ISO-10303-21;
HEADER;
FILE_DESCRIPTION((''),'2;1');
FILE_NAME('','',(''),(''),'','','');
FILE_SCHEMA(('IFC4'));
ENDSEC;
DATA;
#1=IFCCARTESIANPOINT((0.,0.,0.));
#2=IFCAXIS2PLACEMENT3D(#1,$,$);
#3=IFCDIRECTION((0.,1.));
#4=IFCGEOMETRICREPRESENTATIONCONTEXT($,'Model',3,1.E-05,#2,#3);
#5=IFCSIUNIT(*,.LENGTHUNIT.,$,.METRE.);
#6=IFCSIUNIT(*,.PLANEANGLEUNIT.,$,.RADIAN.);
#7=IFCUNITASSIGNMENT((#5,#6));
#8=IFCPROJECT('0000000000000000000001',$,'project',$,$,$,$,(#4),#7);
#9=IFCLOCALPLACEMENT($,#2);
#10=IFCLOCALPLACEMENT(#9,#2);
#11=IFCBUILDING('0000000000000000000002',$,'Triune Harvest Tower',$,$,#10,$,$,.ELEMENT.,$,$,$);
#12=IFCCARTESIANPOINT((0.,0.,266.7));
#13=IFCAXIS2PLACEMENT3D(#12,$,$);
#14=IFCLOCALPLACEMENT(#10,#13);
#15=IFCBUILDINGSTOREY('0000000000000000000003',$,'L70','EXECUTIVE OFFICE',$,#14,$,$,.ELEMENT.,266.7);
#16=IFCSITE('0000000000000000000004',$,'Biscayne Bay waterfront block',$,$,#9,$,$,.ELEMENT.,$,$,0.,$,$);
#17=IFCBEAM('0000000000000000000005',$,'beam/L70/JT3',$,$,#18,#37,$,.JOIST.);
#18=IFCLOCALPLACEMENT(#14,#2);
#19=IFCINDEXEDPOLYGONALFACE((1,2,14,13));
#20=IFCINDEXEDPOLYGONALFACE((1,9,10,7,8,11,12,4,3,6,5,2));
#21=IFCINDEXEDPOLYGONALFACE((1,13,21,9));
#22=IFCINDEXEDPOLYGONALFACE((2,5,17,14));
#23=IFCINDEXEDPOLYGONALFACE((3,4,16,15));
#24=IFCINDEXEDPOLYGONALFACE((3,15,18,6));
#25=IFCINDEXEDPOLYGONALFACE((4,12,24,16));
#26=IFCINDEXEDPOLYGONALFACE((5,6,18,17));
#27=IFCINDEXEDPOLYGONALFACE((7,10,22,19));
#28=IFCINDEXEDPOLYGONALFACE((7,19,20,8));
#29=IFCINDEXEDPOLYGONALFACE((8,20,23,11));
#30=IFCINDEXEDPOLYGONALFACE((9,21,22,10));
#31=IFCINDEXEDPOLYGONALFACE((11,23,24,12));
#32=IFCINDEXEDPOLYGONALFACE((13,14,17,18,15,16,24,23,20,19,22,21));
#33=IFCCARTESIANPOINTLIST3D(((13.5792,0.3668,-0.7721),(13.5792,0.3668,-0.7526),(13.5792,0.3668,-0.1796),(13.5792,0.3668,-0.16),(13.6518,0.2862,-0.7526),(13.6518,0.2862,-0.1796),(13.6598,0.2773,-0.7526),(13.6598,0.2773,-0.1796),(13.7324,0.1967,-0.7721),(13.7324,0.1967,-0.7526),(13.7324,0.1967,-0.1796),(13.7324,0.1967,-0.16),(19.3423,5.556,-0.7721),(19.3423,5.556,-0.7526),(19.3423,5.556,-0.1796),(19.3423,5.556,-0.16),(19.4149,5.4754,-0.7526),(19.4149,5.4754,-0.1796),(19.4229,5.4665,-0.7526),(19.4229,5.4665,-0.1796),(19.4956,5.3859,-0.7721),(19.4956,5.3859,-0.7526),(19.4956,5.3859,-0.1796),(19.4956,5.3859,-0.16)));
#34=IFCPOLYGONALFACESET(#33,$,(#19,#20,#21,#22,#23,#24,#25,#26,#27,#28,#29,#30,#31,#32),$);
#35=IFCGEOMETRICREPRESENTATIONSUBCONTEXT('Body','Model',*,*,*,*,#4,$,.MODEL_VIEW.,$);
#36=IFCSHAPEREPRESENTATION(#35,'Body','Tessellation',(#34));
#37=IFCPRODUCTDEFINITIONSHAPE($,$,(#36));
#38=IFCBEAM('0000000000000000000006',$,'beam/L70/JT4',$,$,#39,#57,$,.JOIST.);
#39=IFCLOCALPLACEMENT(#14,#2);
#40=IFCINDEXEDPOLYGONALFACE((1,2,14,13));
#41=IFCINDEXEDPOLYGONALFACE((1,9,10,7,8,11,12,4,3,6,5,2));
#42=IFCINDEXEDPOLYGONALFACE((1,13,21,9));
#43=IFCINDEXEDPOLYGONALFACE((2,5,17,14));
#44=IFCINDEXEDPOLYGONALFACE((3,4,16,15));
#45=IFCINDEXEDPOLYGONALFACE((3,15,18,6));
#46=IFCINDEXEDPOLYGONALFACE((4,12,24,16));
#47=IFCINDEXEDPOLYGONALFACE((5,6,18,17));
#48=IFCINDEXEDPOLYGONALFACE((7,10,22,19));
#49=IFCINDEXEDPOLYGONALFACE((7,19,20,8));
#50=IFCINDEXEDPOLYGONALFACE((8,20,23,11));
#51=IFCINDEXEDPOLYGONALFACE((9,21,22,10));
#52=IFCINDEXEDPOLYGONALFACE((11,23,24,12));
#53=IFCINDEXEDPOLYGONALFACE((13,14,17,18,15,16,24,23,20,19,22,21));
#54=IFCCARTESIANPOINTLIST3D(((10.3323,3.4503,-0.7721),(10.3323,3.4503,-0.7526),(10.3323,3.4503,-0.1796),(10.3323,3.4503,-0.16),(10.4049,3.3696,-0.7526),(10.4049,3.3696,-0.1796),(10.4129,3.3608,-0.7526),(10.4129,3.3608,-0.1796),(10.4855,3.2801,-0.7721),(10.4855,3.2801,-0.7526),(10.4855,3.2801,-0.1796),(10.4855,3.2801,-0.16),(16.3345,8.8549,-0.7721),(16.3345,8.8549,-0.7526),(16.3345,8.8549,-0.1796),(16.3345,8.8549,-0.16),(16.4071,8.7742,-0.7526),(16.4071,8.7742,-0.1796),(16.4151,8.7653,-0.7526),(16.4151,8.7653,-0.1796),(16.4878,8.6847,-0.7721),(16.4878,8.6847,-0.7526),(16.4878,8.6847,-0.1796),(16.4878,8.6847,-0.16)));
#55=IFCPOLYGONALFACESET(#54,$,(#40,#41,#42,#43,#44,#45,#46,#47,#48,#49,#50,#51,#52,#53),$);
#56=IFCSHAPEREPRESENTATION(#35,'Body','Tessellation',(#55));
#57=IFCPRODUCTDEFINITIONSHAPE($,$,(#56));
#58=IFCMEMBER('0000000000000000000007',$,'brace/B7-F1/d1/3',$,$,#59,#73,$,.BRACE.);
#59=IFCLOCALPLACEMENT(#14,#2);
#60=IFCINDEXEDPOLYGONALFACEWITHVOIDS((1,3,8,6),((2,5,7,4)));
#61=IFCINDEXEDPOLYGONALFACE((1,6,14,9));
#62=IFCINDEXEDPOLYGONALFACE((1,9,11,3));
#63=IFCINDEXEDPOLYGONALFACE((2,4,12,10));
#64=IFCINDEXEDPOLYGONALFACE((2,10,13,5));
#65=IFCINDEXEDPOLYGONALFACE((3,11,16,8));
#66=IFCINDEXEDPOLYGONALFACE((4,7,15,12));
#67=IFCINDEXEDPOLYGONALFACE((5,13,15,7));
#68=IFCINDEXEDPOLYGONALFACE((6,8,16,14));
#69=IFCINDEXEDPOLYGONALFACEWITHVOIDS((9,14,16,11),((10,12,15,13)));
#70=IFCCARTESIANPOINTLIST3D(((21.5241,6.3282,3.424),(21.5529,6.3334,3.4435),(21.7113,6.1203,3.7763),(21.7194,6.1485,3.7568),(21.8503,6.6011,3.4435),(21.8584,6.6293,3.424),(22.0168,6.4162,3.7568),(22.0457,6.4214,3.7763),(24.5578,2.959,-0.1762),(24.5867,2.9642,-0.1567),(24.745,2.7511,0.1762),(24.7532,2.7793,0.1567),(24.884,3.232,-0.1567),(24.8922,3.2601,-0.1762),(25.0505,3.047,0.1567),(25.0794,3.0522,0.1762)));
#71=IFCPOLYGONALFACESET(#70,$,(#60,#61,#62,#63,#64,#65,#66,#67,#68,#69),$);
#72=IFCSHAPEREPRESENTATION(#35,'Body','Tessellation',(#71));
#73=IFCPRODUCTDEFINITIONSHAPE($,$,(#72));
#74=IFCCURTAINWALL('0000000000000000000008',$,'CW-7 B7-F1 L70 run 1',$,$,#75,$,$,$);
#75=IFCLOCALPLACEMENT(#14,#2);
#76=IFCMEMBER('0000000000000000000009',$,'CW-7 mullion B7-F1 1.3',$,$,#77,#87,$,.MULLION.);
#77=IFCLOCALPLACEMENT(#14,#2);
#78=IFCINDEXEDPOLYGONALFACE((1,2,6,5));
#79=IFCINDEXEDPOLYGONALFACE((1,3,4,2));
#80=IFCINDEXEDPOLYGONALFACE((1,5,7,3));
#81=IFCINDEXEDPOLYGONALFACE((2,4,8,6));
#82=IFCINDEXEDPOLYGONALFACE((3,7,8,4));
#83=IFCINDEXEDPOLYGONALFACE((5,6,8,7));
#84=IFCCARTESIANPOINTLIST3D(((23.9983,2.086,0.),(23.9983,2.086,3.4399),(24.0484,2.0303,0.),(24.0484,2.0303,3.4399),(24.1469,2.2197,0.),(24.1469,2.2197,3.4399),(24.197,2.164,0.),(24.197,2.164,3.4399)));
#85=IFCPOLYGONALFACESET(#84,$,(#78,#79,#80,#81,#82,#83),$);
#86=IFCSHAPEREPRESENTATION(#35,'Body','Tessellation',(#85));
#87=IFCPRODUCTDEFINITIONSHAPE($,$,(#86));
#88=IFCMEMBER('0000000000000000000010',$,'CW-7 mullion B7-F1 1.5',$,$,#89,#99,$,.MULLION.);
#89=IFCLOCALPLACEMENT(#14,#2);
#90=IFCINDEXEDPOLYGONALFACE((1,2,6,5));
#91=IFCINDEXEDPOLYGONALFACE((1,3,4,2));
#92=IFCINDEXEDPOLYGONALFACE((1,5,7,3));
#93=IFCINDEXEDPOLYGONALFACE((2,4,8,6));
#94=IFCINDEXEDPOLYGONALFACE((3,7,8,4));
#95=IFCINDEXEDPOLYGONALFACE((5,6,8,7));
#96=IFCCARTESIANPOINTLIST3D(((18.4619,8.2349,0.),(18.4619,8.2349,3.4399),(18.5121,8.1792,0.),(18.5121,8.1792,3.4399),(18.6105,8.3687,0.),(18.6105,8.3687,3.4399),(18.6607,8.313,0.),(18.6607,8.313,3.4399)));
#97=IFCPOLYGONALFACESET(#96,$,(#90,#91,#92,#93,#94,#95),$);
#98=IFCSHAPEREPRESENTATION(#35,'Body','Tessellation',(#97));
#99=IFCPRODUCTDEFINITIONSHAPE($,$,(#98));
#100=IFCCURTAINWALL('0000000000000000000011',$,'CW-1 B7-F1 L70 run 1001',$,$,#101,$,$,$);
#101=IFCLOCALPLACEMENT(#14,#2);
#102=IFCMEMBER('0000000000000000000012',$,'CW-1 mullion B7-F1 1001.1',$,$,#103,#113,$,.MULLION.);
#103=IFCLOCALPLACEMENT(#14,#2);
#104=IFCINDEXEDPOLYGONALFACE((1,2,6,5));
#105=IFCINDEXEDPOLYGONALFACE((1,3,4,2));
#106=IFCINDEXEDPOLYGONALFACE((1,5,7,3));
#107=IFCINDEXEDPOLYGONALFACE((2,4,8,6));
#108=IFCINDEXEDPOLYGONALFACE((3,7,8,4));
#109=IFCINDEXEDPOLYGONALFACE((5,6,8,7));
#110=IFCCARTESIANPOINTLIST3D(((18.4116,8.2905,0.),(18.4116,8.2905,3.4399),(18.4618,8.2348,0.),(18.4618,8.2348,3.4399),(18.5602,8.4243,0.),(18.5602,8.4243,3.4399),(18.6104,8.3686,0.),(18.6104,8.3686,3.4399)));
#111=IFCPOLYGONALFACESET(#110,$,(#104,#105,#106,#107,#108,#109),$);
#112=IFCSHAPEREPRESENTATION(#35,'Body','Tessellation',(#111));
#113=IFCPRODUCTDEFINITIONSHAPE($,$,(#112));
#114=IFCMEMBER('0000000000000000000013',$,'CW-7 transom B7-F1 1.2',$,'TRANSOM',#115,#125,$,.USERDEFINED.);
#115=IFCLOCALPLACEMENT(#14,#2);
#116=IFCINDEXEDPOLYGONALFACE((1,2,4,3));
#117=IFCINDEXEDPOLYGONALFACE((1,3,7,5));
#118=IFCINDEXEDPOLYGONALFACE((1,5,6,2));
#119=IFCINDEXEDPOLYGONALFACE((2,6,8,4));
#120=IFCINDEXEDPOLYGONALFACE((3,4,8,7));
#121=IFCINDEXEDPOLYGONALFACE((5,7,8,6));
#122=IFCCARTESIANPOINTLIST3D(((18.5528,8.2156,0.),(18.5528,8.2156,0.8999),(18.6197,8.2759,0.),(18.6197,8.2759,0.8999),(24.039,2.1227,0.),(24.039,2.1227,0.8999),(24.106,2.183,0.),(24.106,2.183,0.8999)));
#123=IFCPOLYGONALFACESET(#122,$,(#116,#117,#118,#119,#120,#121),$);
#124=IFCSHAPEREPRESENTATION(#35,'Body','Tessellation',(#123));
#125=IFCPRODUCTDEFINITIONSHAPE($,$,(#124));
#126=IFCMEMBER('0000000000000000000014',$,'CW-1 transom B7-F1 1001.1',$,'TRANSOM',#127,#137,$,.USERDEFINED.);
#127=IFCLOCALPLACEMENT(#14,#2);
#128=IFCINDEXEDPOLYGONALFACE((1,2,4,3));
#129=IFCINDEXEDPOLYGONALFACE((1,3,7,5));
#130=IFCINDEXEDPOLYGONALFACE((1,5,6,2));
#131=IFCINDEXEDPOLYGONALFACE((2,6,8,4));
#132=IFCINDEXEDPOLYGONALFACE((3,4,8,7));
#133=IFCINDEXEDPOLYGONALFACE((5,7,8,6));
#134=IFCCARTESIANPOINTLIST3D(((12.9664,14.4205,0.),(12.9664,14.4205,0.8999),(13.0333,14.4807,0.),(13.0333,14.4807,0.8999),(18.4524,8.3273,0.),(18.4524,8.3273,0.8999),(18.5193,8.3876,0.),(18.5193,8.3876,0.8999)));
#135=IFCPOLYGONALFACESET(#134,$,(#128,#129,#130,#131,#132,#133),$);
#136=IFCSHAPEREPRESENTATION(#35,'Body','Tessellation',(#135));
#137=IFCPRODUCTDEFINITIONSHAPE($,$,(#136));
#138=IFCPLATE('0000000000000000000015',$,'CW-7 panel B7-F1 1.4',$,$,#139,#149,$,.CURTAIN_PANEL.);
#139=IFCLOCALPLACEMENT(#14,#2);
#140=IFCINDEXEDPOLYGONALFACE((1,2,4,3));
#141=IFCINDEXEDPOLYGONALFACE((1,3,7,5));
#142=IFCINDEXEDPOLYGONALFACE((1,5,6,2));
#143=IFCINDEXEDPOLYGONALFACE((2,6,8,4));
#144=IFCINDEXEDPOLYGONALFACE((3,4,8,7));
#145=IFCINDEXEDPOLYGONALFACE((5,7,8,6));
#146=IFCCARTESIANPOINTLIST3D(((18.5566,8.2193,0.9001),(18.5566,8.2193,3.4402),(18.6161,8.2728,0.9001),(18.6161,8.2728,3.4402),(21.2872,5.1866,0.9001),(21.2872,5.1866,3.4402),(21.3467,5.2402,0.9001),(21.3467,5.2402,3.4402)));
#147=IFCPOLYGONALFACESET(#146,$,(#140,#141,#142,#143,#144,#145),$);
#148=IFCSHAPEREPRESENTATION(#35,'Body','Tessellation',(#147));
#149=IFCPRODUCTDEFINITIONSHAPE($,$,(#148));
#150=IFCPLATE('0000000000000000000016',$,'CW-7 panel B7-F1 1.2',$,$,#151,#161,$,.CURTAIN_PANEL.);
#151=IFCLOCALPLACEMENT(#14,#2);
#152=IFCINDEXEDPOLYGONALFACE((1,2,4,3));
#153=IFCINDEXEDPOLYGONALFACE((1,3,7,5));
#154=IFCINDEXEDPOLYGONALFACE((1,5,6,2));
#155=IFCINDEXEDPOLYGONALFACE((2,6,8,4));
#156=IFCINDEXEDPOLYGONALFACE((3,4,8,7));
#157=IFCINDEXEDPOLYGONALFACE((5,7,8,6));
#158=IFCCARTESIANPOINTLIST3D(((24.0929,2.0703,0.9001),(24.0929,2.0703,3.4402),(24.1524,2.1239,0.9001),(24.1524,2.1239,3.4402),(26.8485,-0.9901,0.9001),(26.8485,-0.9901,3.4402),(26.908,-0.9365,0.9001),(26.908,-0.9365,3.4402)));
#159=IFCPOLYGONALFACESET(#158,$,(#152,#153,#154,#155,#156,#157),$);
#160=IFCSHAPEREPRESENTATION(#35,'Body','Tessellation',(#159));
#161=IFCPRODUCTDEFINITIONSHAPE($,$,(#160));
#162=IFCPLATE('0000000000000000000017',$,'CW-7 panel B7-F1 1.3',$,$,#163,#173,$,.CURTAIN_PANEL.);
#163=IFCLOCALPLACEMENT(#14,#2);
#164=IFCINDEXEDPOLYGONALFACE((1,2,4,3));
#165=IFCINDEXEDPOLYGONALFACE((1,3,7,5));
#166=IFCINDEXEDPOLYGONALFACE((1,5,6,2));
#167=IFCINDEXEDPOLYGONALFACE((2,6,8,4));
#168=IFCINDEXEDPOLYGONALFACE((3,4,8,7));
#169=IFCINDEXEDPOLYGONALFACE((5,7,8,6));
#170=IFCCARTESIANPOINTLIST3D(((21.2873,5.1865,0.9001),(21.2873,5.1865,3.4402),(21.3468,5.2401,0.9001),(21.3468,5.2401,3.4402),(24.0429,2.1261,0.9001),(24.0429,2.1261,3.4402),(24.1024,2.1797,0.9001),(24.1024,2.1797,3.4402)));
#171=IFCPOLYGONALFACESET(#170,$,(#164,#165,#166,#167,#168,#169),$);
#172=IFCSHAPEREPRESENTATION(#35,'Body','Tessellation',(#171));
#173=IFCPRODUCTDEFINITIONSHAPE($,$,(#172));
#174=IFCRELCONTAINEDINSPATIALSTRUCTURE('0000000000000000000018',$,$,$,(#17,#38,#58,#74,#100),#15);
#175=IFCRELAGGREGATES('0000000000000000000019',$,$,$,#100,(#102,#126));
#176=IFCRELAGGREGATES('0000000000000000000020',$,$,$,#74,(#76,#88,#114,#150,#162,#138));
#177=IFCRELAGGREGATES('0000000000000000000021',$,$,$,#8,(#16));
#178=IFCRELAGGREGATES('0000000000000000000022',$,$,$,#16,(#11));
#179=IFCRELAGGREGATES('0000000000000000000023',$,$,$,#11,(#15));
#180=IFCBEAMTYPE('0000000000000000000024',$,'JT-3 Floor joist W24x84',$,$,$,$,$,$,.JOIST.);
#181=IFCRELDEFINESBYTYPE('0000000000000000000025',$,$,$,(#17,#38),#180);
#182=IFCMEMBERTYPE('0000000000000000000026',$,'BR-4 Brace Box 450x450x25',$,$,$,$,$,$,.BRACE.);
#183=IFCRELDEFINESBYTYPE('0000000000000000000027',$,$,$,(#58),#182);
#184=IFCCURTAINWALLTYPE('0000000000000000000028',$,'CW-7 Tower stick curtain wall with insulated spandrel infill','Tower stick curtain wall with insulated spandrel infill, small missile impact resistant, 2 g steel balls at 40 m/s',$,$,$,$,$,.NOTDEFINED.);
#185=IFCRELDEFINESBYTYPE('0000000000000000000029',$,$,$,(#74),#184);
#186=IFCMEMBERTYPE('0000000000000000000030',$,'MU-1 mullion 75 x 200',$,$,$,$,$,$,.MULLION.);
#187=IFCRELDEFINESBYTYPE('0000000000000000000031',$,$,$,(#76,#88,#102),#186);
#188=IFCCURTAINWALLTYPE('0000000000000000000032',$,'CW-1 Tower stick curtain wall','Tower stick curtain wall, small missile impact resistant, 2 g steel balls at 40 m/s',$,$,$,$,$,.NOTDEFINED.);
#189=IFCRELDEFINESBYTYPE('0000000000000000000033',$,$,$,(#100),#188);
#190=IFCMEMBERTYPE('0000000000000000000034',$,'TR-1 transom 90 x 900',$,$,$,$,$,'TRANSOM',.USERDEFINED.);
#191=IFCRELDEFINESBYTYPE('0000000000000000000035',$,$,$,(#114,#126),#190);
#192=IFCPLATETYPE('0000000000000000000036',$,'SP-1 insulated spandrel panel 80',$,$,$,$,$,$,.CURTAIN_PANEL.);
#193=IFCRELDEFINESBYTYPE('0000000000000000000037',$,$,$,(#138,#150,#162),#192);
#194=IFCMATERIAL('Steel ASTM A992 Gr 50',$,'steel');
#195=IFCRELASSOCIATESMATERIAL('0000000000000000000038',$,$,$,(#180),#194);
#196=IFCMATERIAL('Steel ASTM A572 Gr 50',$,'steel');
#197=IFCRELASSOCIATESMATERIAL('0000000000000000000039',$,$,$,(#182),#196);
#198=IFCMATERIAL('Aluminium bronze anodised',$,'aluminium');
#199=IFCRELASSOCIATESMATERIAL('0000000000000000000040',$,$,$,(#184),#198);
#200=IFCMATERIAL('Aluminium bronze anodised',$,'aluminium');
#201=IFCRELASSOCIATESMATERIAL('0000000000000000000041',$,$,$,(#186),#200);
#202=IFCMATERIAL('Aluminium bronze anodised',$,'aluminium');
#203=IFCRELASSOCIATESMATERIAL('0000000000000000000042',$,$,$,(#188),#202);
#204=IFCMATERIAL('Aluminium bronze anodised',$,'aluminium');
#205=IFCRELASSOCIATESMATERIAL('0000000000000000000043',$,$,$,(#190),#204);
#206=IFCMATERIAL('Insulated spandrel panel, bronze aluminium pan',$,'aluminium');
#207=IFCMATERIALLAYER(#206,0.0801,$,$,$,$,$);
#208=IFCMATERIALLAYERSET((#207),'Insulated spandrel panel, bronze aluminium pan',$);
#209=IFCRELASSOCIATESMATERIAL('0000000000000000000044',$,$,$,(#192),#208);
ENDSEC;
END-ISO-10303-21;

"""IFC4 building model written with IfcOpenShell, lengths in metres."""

from ifc_helpers import new_model, si_unit, direction, frame, origin, origin_2d, place, context, subcontext, project, spatial, rectangle, hollow_rectangle, i_section, extrude, source, transform, mapped, material, layer, layer_set, material_profile, profile_set, type_object, element, aggregate, save


model = new_model("IFC4")

# Units and contexts
model_context = context("Model", 3, precision=1e-05, world=origin(), true_north=direction((0.0, 1.0)))
body_context = subcontext(model_context, "Body", "Model", "MODEL_VIEW")
ifc_project = project(units=[si_unit("LENGTHUNIT", "METRE"), si_unit("PLANEANGLEUNIT", "RADIAN")], contexts=[model_context])

# Site, building, storey
site_placement = place(None, origin())
site = spatial("IfcSite", under=ifc_project, at=site_placement, Name="Biscayne Bay waterfront block", CompositionType="ELEMENT", RefElevation=0.0)
building_placement = place(site_placement, origin())
building = spatial("IfcBuilding", under=site, at=building_placement, Name="Triune Harvest Tower", CompositionType="ELEMENT")
storey_placement = place(building_placement, frame((0.0, 0.0, 266.7)))
storey = spatial("IfcBuildingStorey", under=building, at=storey_placement, Name="L70", Description="EXECUTIVE OFFICE", CompositionType="ELEMENT", Elevation=266.7)

# Beams
ifc_material_1 = material(Name="Steel ASTM A992 Gr 50", Category="steel")
ifc_material_profile_1 = material_profile(ifc_material_1, i_section(OverallWidth=0.229, OverallDepth=0.6121, WebThickness=0.012, FlangeThickness=0.0195, at=origin_2d()), Name="W24x84")
ifc_profile_set_1 = profile_set([ifc_material_profile_1], Name="Steel ASTM A992 Gr 50")
beam_type_1 = type_object("IfcBeamType", Name="JT-3 Floor joist W24x84", PredefinedType="JOIST", material=ifc_profile_set_1)
shared_shape_1 = source(origin(), body_context, "Body", "SweptSolid", [
    extrude(i_section(OverallWidth=0.229, OverallDepth=0.6121, WebThickness=0.012, FlangeThickness=0.0195, at=origin_2d()), origin(), (0.0, 0.0, 1.0), 7.7551),
])
beam_1_placement = place(storey_placement, frame((19.4189, 5.4709, -0.4661), z_axis=(-0.743144, -0.669132, 0.0), x_axis=(0.669132, -0.743144, 0.0)))
element("IfcBeam", 1, at=beam_1_placement, inside=storey, type_object=beam_type_1, Name="beam/L70/JT3", PredefinedType="JOIST", context=body_context, shape_type="MappedRepresentation", body=[
    mapped(shared_shape_1, transform((0.0, 0.0, 0.0), scale=1.0)),
])
shared_shape_2 = source(origin(), body_context, "Body", "SweptSolid", [
    extrude(i_section(OverallWidth=0.229, OverallDepth=0.6121, WebThickness=0.012, FlangeThickness=0.0195, at=origin_2d()), origin(), (0.0, 0.0, 1.0), 8.0769),
])
beam_2_placement = place(storey_placement, frame((16.4111, 8.7698, -0.4661), z_axis=(-0.743136, -0.66914, 0.0), x_axis=(0.66914, -0.743136, 0.0)))
element("IfcBeam", 2, at=beam_2_placement, inside=storey, type_object=beam_type_1, Name="beam/L70/JT4", PredefinedType="JOIST", context=body_context, shape_type="MappedRepresentation", body=[
    mapped(shared_shape_2, transform((0.0, 0.0, 0.0), scale=1.0)),
])

# Member
ifc_material_2 = material(Name="Steel ASTM A572 Gr 50", Category="steel")
ifc_material_profile_2 = material_profile(ifc_material_2, hollow_rectangle(XDim=0.45, YDim=0.45, WallThickness=0.0249, at=origin_2d()), Name="Box 450x450x25")
ifc_profile_set_2 = profile_set([ifc_material_profile_2], Name="Steel ASTM A572 Gr 50")
member_type_1 = type_object("IfcMemberType", Name="BR-4 Brace Box 450x450x25", PredefinedType="BRACE", material=ifc_profile_set_2)
shared_shape_3 = source(origin(), body_context, "Body", "SweptSolid", [
    extrude(hollow_rectangle(XDim=0.45, YDim=0.45, WallThickness=0.0249, at=origin_2d()), origin(), (0.0, 0.0, 1.0), 5.7893),
])
member_1_placement = place(storey_placement, frame((24.8186, 3.0056, 0.0), z_axis=(-0.524024, 0.581968, 0.621862), x_axis=(-0.743133, -0.669143, 0.0)))
element("IfcMember", 3, at=member_1_placement, inside=storey, type_object=member_type_1, Name="brace/B7-F1/d1/3", PredefinedType="BRACE", context=body_context, shape_type="MappedRepresentation", body=[
    mapped(shared_shape_3, transform((0.0, 0.0, 0.0), scale=1.0)),
])

# Curtain wall, members
ifc_material_3 = material(Name="Aluminium bronze anodised", Category="aluminium")
curtain_wall_type_1 = type_object("IfcCurtainWallType", Name="CW-7 Tower stick curtain wall with insulated spandrel infill", Description="Tower stick curtain wall with insulated spandrel infill, small missile impact resistant, 2 g steel balls at 40 m/s", PredefinedType="NOTDEFINED", material=ifc_material_3)
curtain_wall_1_placement = place(storey_placement, origin())
curtain_wall_1 = element("IfcCurtainWall", 4, at=curtain_wall_1_placement, inside=storey, type_object=curtain_wall_type_1, Name="CW-7 B7-F1 L70 run 1")
ifc_material_4 = material(Name="Aluminium bronze anodised", Category="aluminium")
ifc_material_profile_3 = material_profile(ifc_material_4, rectangle(XDim=0.2, YDim=0.075, at=origin_2d()), Name="MU-1 mullion 75 x 200")
ifc_profile_set_3 = profile_set([ifc_material_profile_3], Name="Aluminium bronze anodised")
member_type_2 = type_object("IfcMemberType", Name="MU-1 mullion 75 x 200", PredefinedType="MULLION", material=ifc_profile_set_3)
shared_shape_4 = source(origin(), body_context, "Body", "SweptSolid", [
    extrude(rectangle(XDim=0.2, YDim=0.075, at=origin_2d()), origin(), (0.0, 0.0, 1.0), 3.4399),
])
member_2_placement = place(storey_placement, frame((24.0977, 2.125, 0.0), z_axis=(0.0, 0.0, 1.0), x_axis=(-0.743142, -0.669134, 0.0)))
member_2 = element("IfcMember", 5, at=member_2_placement, type_object=member_type_2, Name="CW-7 mullion B7-F1 1.3", PredefinedType="MULLION", context=body_context, shape_type="MappedRepresentation", body=[
    mapped(shared_shape_4, transform((0.0, 0.0, 0.0), scale=1.0)),
])
member_3_placement = place(storey_placement, frame((18.5613, 8.2739, 0.0), z_axis=(0.0, 0.0, 1.0), x_axis=(-0.743142, -0.669134, 0.0)))
member_3 = element("IfcMember", 6, at=member_3_placement, type_object=member_type_2, Name="CW-7 mullion B7-F1 1.5", PredefinedType="MULLION", context=body_context, shape_type="MappedRepresentation", body=[
    mapped(shared_shape_4, transform((0.0, 0.0, 0.0), scale=1.0)),
])

# Curtain wall, member
ifc_material_5 = material(Name="Aluminium bronze anodised", Category="aluminium")
curtain_wall_type_2 = type_object("IfcCurtainWallType", Name="CW-1 Tower stick curtain wall", Description="Tower stick curtain wall, small missile impact resistant, 2 g steel balls at 40 m/s", PredefinedType="NOTDEFINED", material=ifc_material_5)
curtain_wall_2_placement = place(storey_placement, origin())
curtain_wall_2 = element("IfcCurtainWall", 7, at=curtain_wall_2_placement, inside=storey, type_object=curtain_wall_type_2, Name="CW-1 B7-F1 L70 run 1001")
member_4_placement = place(storey_placement, frame((18.511, 8.3296, 0.0), z_axis=(0.0, 0.0, 1.0), x_axis=(-0.74315, -0.669125, 0.0)))
member_4 = element("IfcMember", 8, at=member_4_placement, type_object=member_type_2, Name="CW-1 mullion B7-F1 1001.1", PredefinedType="MULLION", context=body_context, shape_type="MappedRepresentation", body=[
    mapped(shared_shape_4, transform((0.0, 0.0, 0.0), scale=1.0)),
])

# Members
ifc_material_6 = material(Name="Aluminium bronze anodised", Category="aluminium")
ifc_material_profile_4 = material_profile(ifc_material_6, rectangle(XDim=0.0901, YDim=0.8999, at=origin_2d()), Name="TR-1 transom 90 x 900")
ifc_profile_set_4 = profile_set([ifc_material_profile_4], Name="Aluminium bronze anodised")
member_type_3 = type_object("IfcMemberType", Name="TR-1 transom 90 x 900", ElementType="TRANSOM", PredefinedType="USERDEFINED", material=ifc_profile_set_4)
shared_shape_5 = source(origin(), body_context, "Body", "SweptSolid", [
    extrude(rectangle(XDim=0.0901, YDim=0.8999, at=origin_2d()), origin(), (0.0, 0.0, 1.0), 8.199),
])
member_5_placement = place(storey_placement, frame((24.0725, 2.1528, 0.45), z_axis=(-0.669141, 0.743136, 0.0), x_axis=(-0.743136, -0.669141, 0.0)))
member_5 = element("IfcMember", 9, at=member_5_placement, type_object=member_type_3, Name="CW-7 transom B7-F1 1.2", ObjectType="TRANSOM", PredefinedType="USERDEFINED", context=body_context, shape_type="MappedRepresentation", body=[
    mapped(shared_shape_5, transform((0.0, 0.0, 0.0), scale=1.0)),
])
member_6_placement = place(storey_placement, frame((18.4858, 8.3574, 0.45), z_axis=(-0.669109, 0.743164, 0.0), x_axis=(-0.743164, -0.669109, 0.0)))
member_6 = element("IfcMember", 10, at=member_6_placement, type_object=member_type_3, Name="CW-1 transom B7-F1 1001.1", ObjectType="TRANSOM", PredefinedType="USERDEFINED", context=body_context, shape_type="MappedRepresentation", body=[
    mapped(shared_shape_5, transform((0.0, 0.0, 0.0), scale=1.0)),
])
aggregate(curtain_wall_2, [member_4, member_6])

# Plates
ifc_material_7 = material(Name="Insulated spandrel panel, bronze aluminium pan", Category="aluminium")
ifc_layer_1 = layer(ifc_material_7, 0.0801)
ifc_layer_set_1 = layer_set([ifc_layer_1], Name="Insulated spandrel panel, bronze aluminium pan")
plate_type = type_object("IfcPlateType", Name="SP-1 insulated spandrel panel 80", PredefinedType="CURTAIN_PANEL", material=ifc_layer_set_1)
shared_shape_6 = source(origin(), body_context, "Body", "SweptSolid", [
    extrude(rectangle(XDim=4.0808, YDim=0.0801, at=origin_2d()), origin(), (0.0, 0.0, 1.0), 2.54),
])
plate_1_placement = place(storey_placement, frame((19.9517, 6.7297, 0.9001), z_axis=(0.0, 0.0, 1.0), x_axis=(-0.669134, 0.743142, 0.0)))
plate_1 = element("IfcPlate", 11, at=plate_1_placement, type_object=plate_type, Name="CW-7 panel B7-F1 1.4", PredefinedType="CURTAIN_PANEL", context=body_context, shape_type="MappedRepresentation", body=[
    mapped(shared_shape_6, transform((0.0, 0.0, 0.0), scale=1.0)),
])
shared_shape_7 = source(origin(), body_context, "Body", "SweptSolid", [
    extrude(rectangle(XDim=4.1182, YDim=0.0801, at=origin_2d()), origin(), (0.0, 0.0, 1.0), 2.54),
])
plate_2_placement = place(storey_placement, frame((25.5005, 0.5669, 0.9001), z_axis=(0.0, 0.0, 1.0), x_axis=(-0.669134, 0.743142, 0.0)))
plate_2 = element("IfcPlate", 12, at=plate_2_placement, type_object=plate_type, Name="CW-7 panel B7-F1 1.2", PredefinedType="CURTAIN_PANEL", context=body_context, shape_type="MappedRepresentation", body=[
    mapped(shared_shape_7, transform((0.0, 0.0, 0.0), scale=1.0)),
])
plate_3_placement = place(storey_placement, frame((22.6948, 3.6831, 0.9001), z_axis=(0.0, 0.0, 1.0), x_axis=(-0.669134, 0.743142, 0.0)))
plate_3 = element("IfcPlate", 13, at=plate_3_placement, type_object=plate_type, Name="CW-7 panel B7-F1 1.3", PredefinedType="CURTAIN_PANEL", context=body_context, shape_type="MappedRepresentation", body=[
    mapped(shared_shape_7, transform((0.0, 0.0, 0.0), scale=1.0)),
])
aggregate(curtain_wall_1, [member_2, member_3, member_5, plate_2, plate_3, plate_1])

save(model, "model.ifc")
